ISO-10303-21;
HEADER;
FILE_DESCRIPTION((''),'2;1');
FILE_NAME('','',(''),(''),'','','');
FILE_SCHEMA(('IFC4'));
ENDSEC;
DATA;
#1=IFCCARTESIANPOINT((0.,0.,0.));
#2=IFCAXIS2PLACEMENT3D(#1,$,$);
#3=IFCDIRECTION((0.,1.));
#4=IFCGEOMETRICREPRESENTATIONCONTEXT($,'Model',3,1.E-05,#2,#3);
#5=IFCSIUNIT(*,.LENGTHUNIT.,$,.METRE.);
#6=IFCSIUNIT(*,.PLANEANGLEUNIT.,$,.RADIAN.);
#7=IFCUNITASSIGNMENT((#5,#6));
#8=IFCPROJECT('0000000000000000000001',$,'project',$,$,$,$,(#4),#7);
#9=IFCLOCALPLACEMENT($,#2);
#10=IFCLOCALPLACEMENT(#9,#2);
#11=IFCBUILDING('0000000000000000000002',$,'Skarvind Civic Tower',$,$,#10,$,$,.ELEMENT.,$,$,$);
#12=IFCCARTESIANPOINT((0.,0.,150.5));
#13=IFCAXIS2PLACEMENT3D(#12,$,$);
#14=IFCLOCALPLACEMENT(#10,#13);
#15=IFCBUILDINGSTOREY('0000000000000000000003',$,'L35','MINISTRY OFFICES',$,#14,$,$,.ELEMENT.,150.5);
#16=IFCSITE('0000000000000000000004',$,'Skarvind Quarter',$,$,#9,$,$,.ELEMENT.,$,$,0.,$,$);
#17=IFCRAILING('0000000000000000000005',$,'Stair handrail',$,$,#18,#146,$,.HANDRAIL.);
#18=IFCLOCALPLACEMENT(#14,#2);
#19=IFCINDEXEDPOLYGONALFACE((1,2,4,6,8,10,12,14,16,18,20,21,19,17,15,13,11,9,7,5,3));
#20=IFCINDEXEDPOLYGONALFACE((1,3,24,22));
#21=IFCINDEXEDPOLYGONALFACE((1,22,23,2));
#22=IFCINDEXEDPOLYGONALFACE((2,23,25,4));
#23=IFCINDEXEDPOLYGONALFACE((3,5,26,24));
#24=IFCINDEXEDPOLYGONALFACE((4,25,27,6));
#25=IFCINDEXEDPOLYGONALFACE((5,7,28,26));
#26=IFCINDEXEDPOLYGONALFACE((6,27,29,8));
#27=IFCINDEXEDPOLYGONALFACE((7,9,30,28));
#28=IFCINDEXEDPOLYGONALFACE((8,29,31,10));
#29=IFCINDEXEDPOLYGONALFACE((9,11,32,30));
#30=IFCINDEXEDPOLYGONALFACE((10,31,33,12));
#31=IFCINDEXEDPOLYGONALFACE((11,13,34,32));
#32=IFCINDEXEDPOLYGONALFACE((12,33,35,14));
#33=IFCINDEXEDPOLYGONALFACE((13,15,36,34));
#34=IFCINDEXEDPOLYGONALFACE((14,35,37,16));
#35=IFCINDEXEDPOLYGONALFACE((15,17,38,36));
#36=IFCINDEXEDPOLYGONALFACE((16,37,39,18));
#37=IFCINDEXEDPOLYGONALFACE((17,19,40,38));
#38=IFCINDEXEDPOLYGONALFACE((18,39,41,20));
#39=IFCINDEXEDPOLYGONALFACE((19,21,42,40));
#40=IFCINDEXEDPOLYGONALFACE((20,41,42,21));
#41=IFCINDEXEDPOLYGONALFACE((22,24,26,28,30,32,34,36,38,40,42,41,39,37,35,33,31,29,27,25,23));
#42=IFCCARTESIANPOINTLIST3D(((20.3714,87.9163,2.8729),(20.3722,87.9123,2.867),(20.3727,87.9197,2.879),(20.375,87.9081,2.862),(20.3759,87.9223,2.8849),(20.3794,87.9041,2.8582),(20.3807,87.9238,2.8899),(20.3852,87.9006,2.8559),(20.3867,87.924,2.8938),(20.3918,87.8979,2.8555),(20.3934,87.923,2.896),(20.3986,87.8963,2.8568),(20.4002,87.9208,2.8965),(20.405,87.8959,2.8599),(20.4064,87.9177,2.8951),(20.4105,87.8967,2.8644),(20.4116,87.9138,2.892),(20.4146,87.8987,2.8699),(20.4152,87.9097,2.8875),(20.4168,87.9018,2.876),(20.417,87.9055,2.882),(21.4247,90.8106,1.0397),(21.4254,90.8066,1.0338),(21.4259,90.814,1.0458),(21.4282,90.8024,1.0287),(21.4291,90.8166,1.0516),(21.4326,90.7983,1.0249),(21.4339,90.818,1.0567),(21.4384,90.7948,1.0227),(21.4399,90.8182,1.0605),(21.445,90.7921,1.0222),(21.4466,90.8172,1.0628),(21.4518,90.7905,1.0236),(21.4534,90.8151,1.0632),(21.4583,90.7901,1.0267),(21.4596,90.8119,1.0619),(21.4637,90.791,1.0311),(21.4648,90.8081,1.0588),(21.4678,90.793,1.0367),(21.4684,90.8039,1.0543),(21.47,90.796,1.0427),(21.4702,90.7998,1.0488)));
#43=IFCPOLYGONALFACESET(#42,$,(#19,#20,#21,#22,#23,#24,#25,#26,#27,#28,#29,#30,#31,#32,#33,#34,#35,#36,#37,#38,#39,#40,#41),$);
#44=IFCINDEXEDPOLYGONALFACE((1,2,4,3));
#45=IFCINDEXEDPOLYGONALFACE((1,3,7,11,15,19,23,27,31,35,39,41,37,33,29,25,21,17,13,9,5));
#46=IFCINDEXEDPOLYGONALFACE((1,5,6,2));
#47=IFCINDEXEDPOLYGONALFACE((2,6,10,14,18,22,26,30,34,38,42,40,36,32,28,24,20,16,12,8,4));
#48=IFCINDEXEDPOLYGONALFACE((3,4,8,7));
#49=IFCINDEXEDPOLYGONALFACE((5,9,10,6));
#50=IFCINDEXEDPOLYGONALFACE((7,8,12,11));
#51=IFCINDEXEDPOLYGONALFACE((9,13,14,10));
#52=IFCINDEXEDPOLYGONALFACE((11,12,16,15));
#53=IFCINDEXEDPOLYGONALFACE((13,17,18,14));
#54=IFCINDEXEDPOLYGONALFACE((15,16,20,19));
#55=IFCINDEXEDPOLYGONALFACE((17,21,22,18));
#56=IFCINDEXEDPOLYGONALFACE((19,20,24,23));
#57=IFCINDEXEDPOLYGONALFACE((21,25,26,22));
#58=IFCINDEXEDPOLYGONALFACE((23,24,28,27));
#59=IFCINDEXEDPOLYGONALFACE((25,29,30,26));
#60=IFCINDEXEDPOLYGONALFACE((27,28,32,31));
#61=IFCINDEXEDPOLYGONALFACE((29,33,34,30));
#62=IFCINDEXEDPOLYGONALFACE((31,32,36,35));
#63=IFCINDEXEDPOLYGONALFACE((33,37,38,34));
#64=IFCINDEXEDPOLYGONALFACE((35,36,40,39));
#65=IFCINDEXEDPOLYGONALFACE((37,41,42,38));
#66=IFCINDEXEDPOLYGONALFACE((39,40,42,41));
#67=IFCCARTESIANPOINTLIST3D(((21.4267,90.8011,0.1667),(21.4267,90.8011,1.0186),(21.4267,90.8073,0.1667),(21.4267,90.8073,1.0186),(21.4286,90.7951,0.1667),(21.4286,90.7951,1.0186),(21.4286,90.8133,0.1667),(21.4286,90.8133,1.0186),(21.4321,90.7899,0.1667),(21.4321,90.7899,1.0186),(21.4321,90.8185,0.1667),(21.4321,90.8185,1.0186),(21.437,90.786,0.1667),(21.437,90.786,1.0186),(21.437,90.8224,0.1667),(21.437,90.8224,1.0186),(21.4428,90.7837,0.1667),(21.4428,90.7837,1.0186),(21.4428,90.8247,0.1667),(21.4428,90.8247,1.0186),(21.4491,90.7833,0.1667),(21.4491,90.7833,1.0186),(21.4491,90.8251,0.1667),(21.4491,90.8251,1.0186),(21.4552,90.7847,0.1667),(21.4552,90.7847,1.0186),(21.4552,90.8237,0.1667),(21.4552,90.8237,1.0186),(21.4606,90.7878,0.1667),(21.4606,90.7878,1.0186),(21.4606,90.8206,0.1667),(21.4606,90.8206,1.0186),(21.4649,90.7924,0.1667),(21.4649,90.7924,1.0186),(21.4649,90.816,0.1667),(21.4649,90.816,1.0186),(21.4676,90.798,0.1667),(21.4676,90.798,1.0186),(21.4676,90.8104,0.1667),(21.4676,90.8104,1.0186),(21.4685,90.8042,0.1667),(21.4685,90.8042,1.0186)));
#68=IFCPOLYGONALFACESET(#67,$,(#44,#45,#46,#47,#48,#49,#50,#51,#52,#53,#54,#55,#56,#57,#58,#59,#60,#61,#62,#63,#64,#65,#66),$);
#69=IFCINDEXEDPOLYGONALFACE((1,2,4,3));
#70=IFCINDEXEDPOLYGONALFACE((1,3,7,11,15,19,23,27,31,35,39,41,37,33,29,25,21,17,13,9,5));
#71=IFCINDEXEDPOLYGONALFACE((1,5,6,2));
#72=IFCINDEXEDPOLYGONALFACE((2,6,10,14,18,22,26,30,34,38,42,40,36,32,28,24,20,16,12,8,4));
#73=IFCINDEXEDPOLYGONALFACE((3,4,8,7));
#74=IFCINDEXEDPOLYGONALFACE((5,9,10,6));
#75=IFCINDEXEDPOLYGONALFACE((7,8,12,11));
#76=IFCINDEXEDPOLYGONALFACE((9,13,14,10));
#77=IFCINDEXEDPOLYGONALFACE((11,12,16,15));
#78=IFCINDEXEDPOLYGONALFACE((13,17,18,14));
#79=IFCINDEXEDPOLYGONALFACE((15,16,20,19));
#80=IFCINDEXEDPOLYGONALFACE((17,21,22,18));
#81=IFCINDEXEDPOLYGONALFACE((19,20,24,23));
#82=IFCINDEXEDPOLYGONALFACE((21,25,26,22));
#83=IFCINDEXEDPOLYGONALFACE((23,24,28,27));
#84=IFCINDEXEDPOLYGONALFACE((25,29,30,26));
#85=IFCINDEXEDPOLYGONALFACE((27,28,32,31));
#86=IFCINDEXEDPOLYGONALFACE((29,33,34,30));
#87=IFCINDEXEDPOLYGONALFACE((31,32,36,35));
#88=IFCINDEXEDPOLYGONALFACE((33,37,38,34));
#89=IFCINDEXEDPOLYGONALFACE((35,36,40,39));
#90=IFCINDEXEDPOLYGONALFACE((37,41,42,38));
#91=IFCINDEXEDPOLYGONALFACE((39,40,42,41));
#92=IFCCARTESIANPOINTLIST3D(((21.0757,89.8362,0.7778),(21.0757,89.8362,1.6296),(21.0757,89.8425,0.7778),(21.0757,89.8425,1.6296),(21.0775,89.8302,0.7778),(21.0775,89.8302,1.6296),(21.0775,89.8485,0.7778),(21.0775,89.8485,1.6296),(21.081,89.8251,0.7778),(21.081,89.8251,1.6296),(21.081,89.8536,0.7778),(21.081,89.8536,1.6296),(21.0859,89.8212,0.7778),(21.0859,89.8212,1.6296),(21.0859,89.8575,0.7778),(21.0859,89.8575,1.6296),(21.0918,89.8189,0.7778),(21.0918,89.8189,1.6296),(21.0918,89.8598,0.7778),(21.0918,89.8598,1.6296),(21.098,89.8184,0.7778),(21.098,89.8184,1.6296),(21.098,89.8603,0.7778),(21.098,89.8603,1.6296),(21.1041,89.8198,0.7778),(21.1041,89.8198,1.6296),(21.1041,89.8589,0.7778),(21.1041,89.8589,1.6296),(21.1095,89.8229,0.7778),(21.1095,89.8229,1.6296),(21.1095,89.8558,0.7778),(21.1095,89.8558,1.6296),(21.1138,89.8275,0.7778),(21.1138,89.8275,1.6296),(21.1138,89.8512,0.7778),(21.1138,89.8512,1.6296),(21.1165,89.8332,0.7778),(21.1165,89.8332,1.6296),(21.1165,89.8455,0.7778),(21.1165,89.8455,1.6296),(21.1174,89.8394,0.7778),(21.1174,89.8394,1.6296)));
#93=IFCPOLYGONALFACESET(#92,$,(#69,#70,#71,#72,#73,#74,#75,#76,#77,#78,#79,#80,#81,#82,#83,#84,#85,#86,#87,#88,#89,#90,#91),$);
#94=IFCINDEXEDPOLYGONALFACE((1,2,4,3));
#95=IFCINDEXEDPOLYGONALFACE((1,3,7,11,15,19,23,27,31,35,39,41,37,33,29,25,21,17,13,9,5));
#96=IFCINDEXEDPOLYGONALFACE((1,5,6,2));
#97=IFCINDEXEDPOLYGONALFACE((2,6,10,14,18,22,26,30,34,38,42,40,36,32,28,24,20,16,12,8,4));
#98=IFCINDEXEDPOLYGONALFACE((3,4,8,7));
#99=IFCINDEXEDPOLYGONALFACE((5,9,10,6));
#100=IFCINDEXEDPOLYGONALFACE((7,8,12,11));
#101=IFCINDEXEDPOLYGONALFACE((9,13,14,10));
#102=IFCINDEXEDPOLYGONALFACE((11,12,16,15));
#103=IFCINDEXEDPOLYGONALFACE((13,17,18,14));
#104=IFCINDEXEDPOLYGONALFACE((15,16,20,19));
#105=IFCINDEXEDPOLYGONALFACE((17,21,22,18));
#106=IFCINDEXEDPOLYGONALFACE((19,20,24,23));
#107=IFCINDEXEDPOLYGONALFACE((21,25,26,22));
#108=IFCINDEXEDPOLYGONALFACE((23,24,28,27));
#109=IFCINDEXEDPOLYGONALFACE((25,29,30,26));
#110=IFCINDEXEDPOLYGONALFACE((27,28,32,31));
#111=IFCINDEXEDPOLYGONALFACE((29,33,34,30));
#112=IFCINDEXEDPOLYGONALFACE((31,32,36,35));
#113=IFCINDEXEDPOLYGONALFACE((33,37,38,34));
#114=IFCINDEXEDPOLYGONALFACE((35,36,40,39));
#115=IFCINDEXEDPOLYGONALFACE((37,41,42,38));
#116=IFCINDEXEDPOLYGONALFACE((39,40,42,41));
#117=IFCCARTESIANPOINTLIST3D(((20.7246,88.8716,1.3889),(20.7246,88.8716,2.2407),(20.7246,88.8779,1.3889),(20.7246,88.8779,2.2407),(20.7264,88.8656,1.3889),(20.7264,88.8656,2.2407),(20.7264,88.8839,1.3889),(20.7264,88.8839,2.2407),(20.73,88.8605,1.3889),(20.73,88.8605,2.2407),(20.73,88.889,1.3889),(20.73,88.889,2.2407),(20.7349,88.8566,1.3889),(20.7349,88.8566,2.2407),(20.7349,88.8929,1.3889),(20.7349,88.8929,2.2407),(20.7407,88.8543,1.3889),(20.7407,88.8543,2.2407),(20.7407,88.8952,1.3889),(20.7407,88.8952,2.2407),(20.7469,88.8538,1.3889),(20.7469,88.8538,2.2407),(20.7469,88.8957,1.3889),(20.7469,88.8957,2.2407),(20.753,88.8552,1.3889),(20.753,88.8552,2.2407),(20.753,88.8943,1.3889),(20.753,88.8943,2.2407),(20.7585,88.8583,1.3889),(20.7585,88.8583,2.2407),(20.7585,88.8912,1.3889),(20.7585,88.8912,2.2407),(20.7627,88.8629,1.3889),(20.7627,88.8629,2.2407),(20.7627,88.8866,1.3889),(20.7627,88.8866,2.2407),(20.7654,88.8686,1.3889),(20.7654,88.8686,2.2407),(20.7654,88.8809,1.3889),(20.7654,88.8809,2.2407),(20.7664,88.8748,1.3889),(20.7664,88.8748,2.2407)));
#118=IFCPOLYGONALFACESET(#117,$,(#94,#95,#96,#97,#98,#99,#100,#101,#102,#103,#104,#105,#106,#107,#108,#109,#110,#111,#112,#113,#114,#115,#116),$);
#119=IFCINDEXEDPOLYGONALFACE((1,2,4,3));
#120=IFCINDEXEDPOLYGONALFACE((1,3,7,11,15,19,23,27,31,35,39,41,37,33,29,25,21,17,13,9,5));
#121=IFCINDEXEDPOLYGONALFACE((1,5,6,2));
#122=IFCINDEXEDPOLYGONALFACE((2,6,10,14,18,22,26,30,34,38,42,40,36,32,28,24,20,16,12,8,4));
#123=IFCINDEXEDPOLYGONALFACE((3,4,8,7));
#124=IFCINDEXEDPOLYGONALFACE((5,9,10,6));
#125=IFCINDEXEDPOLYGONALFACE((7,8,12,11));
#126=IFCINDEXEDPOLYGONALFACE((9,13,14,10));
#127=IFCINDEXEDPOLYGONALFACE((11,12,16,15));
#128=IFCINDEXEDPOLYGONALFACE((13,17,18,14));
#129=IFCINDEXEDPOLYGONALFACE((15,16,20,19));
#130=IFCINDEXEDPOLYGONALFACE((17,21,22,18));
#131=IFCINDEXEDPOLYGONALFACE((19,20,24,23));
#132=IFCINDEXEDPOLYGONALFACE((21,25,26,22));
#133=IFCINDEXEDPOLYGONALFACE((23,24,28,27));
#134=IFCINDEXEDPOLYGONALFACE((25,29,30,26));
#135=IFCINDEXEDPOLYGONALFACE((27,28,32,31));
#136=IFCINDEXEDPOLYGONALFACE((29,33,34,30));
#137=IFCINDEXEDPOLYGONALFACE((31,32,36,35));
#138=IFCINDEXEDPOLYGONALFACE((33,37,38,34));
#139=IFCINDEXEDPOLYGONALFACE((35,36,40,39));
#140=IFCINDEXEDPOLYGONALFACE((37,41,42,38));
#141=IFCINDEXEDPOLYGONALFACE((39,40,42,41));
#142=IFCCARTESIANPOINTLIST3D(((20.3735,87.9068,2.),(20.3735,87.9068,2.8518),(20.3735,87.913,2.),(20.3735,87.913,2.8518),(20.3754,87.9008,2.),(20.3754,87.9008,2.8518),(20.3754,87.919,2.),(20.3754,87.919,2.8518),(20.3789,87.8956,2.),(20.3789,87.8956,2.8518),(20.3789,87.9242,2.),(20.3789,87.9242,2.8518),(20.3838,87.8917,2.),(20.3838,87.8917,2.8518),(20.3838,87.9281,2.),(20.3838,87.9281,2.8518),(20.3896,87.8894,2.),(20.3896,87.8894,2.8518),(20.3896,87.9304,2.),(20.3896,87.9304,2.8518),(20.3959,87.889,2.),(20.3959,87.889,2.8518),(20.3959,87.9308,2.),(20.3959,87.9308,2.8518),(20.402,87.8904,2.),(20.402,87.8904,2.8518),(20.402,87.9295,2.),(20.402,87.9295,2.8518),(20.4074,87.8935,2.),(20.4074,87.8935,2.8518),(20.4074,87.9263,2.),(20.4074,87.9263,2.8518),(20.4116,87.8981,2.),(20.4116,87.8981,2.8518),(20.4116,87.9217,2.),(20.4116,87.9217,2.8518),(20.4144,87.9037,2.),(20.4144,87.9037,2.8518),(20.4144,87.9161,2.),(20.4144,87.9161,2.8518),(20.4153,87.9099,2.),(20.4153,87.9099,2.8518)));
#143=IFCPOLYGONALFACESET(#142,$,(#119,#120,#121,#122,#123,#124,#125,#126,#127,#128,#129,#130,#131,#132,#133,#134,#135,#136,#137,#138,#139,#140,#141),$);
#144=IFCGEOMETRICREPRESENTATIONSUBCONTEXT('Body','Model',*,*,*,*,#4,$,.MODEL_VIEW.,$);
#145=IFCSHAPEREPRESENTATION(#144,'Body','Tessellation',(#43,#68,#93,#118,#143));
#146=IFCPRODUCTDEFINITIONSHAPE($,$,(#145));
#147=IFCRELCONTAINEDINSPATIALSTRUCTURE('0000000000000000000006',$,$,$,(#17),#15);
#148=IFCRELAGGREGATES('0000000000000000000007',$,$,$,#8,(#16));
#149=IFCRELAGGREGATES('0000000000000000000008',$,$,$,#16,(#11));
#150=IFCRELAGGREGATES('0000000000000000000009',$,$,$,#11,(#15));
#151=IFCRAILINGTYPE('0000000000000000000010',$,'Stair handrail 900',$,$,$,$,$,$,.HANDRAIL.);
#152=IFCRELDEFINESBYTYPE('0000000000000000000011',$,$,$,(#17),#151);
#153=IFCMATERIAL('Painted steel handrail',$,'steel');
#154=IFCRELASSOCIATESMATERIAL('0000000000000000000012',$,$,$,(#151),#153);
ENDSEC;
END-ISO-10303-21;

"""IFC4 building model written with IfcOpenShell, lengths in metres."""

from ifc_helpers import new_model, si_unit, direction, frame, origin, origin_2d, place, context, subcontext, project, spatial, circle, extrude, material, type_object, element, save


model = new_model("IFC4")

# Units and contexts
model_context = context("Model", 3, precision=1e-05, world=origin(), true_north=direction((0.0, 1.0)))
body_context = subcontext(model_context, "Body", "Model", "MODEL_VIEW")
ifc_project = project(units=[si_unit("LENGTHUNIT", "METRE"), si_unit("PLANEANGLEUNIT", "RADIAN")], contexts=[model_context])

# Site, building, storey
site_placement = place(None, origin())
site = spatial("IfcSite", under=ifc_project, at=site_placement, Name="Skarvind Quarter", CompositionType="ELEMENT", RefElevation=0.0)
building_placement = place(site_placement, origin())
building = spatial("IfcBuilding", under=site, at=building_placement, Name="Skarvind Civic Tower", CompositionType="ELEMENT")
storey_placement = place(building_placement, frame((0.0, 0.0, 150.5)))
storey = spatial("IfcBuildingStorey", under=building, at=storey_placement, Name="L35", Description="MINISTRY OFFICES", CompositionType="ELEMENT", Elevation=150.5)

# Railing
ifc_material_1 = material(Name="Painted steel handrail", Category="steel")
railing_type = type_object("IfcRailingType", Name="Stair handrail 900", PredefinedType="HANDRAIL", material=ifc_material_1)
railing_1_placement = place(storey_placement, frame((21.4475, 90.8042, 0.1667)))
element("IfcRailing", 1, at=railing_1_placement, inside=storey, type_object=railing_type, Name="Stair handrail", PredefinedType="HANDRAIL", context=body_context, shape_type="SweptSolid", body=[
    extrude(circle(Radius=0.0239, at=origin_2d()), frame((0.0, 0.0, 0.876), z_axis=(-0.293846, -0.807497, 0.511472), x_axis=(0.939715, -0.341959, 0.0)), (0.0, 0.0, 1.0), 3.5842),
    extrude(circle(Radius=0.021, at=origin_2d()), origin(), (0.0, 0.0, 1.0), 0.8518),
    extrude(circle(Radius=0.021, at=origin_2d()), frame((-0.3511, -0.9648, 0.6111)), (0.0, 0.0, 1.0), 0.8518),
    extrude(circle(Radius=0.021, at=origin_2d()), frame((-0.7021, -1.9294, 1.2222)), (0.0, 0.0, 1.0), 0.8518),
    extrude(circle(Radius=0.021, at=origin_2d()), frame((-1.0532, -2.8943, 1.8333)), (0.0, 0.0, 1.0), 0.8518),
])

save(model, "model.ifc")
